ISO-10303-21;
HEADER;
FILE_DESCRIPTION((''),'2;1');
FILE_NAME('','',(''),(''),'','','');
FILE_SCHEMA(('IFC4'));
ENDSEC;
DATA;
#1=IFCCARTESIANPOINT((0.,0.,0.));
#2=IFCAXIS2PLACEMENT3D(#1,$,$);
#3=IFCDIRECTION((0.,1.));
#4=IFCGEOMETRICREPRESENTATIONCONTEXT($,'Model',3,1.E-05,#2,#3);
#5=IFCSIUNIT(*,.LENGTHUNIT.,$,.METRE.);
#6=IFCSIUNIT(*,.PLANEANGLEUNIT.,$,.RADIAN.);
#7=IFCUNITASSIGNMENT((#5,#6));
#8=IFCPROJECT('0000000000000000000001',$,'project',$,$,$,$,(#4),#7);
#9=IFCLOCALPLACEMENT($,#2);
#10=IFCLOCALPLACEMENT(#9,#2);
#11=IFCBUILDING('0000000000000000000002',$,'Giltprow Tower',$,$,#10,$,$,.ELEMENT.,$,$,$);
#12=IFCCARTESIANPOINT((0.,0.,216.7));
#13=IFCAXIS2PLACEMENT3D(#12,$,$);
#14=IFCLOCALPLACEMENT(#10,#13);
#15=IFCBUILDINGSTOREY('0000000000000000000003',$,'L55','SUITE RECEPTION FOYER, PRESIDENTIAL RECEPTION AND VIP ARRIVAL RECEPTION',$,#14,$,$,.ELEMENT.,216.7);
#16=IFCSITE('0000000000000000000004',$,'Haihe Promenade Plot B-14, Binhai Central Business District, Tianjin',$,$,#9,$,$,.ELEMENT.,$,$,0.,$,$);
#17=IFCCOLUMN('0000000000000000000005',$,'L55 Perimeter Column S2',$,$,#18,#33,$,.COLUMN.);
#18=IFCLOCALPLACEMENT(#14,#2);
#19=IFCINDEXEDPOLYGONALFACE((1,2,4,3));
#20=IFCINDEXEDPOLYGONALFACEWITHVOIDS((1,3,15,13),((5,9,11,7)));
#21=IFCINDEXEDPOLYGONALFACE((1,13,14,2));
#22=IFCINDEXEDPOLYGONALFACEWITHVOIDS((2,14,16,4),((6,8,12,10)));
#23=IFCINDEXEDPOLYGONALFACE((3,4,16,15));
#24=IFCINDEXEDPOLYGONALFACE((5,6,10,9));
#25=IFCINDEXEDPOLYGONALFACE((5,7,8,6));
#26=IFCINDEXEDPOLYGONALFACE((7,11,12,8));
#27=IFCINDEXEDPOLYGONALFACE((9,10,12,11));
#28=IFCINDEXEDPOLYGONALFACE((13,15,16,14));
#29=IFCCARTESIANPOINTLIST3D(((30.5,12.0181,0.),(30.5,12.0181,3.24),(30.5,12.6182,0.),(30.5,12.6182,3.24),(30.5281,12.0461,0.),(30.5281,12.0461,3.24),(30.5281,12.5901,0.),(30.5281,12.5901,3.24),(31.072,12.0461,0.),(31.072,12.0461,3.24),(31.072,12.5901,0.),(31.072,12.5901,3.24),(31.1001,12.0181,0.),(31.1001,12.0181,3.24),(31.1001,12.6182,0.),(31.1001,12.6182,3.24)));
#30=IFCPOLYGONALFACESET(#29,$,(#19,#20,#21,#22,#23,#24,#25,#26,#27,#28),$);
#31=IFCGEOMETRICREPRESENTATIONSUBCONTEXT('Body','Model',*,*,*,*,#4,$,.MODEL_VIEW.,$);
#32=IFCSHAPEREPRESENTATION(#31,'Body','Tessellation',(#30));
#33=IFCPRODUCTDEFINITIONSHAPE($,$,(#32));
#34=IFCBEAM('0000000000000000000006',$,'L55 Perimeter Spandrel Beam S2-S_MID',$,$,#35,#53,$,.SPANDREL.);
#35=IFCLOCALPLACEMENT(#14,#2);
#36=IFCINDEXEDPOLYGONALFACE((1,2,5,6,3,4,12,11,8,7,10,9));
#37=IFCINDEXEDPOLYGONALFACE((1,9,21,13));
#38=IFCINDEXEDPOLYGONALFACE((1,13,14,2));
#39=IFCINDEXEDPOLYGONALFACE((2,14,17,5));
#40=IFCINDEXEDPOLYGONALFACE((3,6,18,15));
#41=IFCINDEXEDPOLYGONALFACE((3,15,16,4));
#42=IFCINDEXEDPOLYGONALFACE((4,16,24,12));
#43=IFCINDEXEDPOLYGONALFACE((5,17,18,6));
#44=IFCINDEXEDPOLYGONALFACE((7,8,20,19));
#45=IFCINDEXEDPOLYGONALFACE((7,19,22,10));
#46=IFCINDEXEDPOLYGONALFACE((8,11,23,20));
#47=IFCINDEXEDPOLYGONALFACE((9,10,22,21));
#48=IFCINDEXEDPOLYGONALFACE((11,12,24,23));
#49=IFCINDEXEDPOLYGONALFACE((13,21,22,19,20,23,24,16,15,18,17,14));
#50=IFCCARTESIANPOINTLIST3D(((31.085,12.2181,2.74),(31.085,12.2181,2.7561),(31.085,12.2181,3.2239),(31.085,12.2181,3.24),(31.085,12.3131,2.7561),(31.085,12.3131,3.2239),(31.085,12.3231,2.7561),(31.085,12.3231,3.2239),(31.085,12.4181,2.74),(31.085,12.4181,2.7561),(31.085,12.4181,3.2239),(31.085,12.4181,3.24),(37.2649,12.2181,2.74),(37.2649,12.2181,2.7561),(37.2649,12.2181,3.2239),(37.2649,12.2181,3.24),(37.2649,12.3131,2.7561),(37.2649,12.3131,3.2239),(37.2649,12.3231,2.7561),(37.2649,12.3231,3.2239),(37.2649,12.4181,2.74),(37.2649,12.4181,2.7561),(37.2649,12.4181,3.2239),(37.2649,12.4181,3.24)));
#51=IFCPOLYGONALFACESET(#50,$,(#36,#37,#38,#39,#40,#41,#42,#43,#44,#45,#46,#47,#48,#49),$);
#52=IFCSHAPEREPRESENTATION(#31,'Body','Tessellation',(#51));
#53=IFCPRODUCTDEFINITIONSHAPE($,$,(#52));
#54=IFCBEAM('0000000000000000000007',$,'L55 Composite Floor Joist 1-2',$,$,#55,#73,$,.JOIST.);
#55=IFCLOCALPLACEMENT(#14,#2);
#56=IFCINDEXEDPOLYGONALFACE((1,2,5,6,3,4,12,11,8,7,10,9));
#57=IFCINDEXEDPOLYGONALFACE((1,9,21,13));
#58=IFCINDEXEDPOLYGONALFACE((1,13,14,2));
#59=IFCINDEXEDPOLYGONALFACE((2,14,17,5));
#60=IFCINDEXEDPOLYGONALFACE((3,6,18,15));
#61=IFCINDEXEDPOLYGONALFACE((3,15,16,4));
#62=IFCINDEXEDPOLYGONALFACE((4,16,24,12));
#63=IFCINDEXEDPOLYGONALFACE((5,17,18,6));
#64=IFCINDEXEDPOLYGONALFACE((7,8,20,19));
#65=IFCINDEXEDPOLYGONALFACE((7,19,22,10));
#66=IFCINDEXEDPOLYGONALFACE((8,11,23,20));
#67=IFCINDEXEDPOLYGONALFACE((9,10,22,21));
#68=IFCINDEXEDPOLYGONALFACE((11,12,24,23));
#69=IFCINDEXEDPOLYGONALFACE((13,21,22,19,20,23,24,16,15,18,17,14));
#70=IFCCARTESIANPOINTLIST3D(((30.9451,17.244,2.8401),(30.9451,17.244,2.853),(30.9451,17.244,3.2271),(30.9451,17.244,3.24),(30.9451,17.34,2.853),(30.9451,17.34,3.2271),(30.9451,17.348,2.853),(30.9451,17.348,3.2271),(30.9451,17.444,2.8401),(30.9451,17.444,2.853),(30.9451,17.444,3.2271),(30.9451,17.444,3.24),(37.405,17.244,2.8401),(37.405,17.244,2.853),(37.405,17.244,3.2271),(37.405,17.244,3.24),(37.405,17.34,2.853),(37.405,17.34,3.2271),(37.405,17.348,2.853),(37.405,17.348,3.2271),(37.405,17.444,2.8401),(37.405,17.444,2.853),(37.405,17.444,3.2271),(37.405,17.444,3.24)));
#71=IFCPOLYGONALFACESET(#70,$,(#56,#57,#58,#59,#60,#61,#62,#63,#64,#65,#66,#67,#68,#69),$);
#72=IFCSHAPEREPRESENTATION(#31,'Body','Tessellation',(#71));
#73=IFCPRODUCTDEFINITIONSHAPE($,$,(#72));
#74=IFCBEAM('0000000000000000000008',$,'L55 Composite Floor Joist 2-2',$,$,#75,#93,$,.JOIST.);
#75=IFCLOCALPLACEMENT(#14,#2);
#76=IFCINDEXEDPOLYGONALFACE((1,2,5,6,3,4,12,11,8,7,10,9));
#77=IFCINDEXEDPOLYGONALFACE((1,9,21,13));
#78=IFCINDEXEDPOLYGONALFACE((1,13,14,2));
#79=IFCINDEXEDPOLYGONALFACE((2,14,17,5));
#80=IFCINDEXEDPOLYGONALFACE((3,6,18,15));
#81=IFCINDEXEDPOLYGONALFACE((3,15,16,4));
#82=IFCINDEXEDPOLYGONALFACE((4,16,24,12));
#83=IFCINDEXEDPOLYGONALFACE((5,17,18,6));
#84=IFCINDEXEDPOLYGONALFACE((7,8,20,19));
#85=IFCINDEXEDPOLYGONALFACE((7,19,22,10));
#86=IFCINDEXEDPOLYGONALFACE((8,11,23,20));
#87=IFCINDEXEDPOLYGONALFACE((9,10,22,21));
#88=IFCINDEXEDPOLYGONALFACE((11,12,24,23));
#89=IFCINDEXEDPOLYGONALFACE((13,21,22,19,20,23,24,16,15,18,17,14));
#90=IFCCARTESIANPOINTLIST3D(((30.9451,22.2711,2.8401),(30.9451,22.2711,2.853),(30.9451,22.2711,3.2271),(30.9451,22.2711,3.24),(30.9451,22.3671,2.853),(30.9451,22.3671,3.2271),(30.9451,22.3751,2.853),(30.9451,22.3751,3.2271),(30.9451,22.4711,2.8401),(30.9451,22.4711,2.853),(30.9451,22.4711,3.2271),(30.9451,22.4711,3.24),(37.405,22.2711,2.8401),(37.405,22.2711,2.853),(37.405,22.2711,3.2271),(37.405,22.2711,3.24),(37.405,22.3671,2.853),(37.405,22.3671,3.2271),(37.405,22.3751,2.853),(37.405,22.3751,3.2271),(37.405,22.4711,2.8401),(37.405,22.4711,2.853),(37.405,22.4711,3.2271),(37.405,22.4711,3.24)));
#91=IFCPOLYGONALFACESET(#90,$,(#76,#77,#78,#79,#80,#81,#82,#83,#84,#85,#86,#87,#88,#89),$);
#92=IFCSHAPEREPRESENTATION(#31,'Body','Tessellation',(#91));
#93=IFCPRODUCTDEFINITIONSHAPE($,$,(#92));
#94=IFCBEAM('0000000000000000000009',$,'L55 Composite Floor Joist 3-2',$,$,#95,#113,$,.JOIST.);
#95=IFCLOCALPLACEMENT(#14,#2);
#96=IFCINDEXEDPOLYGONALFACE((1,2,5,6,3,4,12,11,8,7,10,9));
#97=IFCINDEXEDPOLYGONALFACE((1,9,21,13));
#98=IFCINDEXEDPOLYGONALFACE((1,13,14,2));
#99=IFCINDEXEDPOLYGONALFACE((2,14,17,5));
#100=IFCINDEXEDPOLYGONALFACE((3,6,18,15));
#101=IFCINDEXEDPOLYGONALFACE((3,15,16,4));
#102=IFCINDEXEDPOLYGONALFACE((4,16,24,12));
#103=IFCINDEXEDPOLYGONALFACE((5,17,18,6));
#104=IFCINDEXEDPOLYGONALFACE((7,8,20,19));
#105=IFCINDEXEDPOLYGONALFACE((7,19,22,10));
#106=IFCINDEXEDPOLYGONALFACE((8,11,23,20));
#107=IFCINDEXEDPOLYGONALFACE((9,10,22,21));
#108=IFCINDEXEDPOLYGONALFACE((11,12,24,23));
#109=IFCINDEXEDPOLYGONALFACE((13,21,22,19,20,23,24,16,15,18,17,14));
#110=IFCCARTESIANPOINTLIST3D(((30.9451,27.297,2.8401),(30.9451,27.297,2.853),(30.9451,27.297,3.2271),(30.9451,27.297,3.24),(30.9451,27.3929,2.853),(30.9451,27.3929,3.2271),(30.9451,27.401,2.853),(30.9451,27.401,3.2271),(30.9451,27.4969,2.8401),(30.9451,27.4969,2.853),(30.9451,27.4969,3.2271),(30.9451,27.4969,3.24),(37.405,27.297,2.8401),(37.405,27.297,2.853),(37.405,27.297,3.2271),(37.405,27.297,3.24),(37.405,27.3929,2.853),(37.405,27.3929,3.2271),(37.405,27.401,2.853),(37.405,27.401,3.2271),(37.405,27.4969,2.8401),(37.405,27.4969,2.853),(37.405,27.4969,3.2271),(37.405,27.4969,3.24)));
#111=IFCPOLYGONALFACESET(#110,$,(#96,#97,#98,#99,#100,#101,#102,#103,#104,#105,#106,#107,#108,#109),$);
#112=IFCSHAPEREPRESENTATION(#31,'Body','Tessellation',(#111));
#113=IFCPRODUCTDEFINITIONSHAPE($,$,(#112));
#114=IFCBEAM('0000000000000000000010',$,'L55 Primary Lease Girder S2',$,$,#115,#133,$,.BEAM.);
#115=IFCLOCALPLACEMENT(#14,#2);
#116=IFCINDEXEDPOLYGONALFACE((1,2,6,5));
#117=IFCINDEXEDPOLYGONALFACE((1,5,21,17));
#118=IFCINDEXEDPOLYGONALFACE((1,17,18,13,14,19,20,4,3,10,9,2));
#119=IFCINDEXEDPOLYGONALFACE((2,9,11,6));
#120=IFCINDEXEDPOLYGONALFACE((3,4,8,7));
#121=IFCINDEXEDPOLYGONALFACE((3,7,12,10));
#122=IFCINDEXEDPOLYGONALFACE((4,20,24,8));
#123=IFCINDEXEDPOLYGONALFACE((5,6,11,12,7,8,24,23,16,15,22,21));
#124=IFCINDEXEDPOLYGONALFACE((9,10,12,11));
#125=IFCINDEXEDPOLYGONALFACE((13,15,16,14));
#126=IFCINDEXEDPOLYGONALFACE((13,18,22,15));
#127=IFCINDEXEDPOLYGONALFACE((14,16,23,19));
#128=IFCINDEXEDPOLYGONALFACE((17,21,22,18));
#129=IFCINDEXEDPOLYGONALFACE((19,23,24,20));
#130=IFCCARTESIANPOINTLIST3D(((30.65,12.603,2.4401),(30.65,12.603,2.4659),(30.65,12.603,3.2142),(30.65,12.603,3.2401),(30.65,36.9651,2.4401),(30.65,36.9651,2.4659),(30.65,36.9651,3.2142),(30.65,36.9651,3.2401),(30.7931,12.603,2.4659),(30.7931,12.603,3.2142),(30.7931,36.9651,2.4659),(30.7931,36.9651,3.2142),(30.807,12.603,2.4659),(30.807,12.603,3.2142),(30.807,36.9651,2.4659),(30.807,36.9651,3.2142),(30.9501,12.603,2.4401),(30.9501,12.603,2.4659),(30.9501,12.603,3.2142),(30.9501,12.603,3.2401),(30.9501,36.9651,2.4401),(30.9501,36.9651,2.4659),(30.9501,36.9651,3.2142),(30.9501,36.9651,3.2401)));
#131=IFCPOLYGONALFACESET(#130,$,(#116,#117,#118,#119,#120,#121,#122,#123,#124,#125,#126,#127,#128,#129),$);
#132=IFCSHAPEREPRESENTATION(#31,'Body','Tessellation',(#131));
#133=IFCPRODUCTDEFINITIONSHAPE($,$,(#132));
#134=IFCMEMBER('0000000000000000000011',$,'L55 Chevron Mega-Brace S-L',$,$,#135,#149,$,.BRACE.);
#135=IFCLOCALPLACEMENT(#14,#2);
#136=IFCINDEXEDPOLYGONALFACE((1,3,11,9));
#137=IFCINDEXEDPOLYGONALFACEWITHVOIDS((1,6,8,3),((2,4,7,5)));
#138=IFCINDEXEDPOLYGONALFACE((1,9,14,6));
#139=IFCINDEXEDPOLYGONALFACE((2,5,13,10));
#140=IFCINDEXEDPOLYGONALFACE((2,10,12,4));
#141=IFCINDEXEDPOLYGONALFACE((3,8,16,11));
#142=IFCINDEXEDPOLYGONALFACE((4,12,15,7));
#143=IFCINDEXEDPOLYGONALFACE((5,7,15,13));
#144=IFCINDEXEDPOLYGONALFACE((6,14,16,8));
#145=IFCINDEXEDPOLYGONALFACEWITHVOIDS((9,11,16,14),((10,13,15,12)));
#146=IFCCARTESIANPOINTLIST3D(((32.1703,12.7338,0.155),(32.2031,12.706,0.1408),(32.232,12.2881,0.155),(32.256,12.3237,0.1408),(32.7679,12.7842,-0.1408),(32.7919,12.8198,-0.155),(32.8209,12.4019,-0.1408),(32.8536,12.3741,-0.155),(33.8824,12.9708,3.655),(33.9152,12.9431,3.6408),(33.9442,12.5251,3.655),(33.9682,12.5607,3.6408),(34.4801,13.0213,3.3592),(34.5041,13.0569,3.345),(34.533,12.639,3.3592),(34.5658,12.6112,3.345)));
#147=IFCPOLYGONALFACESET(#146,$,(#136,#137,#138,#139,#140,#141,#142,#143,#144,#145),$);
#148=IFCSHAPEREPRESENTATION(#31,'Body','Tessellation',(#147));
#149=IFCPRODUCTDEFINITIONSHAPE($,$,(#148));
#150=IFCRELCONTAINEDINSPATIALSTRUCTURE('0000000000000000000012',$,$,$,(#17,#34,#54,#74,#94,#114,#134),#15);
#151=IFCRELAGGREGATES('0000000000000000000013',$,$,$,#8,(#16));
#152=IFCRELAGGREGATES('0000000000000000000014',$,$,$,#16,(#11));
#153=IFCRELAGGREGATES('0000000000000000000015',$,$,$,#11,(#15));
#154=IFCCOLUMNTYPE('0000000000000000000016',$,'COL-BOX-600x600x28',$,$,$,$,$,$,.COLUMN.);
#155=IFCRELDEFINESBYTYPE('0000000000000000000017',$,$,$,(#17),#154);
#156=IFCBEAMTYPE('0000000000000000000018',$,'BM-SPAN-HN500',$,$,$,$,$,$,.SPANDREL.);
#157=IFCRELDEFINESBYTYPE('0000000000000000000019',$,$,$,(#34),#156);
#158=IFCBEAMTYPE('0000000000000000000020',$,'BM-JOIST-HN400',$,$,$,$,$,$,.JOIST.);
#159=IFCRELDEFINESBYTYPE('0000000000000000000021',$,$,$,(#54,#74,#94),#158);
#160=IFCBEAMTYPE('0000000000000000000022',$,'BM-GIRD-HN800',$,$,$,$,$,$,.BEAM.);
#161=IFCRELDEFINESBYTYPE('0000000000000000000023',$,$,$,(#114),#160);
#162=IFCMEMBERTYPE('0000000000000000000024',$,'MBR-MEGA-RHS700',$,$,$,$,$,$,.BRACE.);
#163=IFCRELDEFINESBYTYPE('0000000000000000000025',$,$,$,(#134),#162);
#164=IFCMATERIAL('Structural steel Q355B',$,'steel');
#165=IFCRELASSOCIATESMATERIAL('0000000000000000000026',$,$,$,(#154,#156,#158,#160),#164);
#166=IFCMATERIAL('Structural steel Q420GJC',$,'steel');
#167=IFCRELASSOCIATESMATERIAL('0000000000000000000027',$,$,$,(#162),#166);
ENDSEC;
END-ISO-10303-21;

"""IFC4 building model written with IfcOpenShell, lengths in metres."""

from ifc_helpers import new_model, si_unit, direction, frame, origin, origin_2d, place, context, subcontext, project, spatial, hollow_rectangle, i_section, extrude, source, transform, mapped, material, material_profile, profile_set, type_object, element, save


model = new_model("IFC4")

# Units and contexts
model_context = context("Model", 3, precision=1e-05, world=origin(), true_north=direction((0.0, 1.0)))
body_context = subcontext(model_context, "Body", "Model", "MODEL_VIEW")
ifc_project = project(units=[si_unit("LENGTHUNIT", "METRE"), si_unit("PLANEANGLEUNIT", "RADIAN")], contexts=[model_context])

# Site, building, storey
site_placement = place(None, origin())
site = spatial("IfcSite", under=ifc_project, at=site_placement, Name="Haihe Promenade Plot B-14, Binhai Central Business District, Tianjin", CompositionType="ELEMENT", RefElevation=0.0)
building_placement = place(site_placement, origin())
building = spatial("IfcBuilding", under=site, at=building_placement, Name="Giltprow Tower", CompositionType="ELEMENT")
storey_placement = place(building_placement, frame((0.0, 0.0, 216.7)))
storey = spatial("IfcBuildingStorey", under=building, at=storey_placement, Name="L55", Description="SUITE RECEPTION FOYER, PRESIDENTIAL RECEPTION AND VIP ARRIVAL RECEPTION", CompositionType="ELEMENT", Elevation=216.7)

# Column
ifc_material_1 = material(Name="Structural steel Q355B", Category="steel")
ifc_material_profile_1 = material_profile(ifc_material_1, hollow_rectangle(XDim=0.6001, YDim=0.6001, WallThickness=0.0281, at=origin_2d()), Name="BOX 600x600x28")
ifc_profile_set_1 = profile_set([ifc_material_profile_1], Name="Structural steel Q355B")
column_type = type_object("IfcColumnType", Name="COL-BOX-600x600x28", PredefinedType="COLUMN", material=ifc_profile_set_1)
shared_shape_1 = source(origin(), body_context, "Body", "SweptSolid", [
    extrude(hollow_rectangle(XDim=0.6001, YDim=0.6001, WallThickness=0.0281, at=origin_2d()), origin(), (0.0, 0.0, 1.0), 3.24),
])
column_placement = place(storey_placement, frame((30.8, 12.3181, 0.0), z_axis=(0.0, 0.0, 1.0), x_axis=(1.0, 0.0, 0.0)))
element("IfcColumn", 1, at=column_placement, inside=storey, type_object=column_type, Name="L55 Perimeter Column S2", PredefinedType="COLUMN", context=body_context, shape_type="MappedRepresentation", body=[
    mapped(shared_shape_1, transform((0.0, 0.0, 0.0), x_axis=(1.0, 0.0, 0.0), y_axis=(0.0, 1.0, 0.0), z_axis=(0.0, 0.0, 1.0), scale=1.0)),
])

# Beams
ifc_material_profile_2 = material_profile(ifc_material_1, i_section(OverallWidth=0.2, OverallDepth=0.5, WebThickness=0.01, FlangeThickness=0.0161, at=origin_2d()), Name="HN 500x200x10x16")
ifc_profile_set_2 = profile_set([ifc_material_profile_2], Name="Structural steel Q355B")
beam_type_1 = type_object("IfcBeamType", Name="BM-SPAN-HN500", PredefinedType="SPANDREL", material=ifc_profile_set_2)
shared_shape_2 = source(origin(), body_context, "Body", "SweptSolid", [
    extrude(i_section(OverallWidth=0.2, OverallDepth=0.5, WebThickness=0.01, FlangeThickness=0.0161, at=origin_2d()), origin(), (0.0, 0.0, 1.0), 6.1799),
])
beam_1_placement = place(storey_placement, frame((31.085, 12.3181, 2.99), z_axis=(1.0, 0.0, 0.0), x_axis=(0.0, 1.0, 0.0)))
element("IfcBeam", 2, at=beam_1_placement, inside=storey, type_object=beam_type_1, Name="L55 Perimeter Spandrel Beam S2-S_MID", PredefinedType="SPANDREL", context=body_context, shape_type="MappedRepresentation", body=[
    mapped(shared_shape_2, transform((0.0, 0.0, 0.0), x_axis=(1.0, 0.0, 0.0), y_axis=(0.0, 1.0, 0.0), z_axis=(0.0, 0.0, 1.0), scale=1.0)),
])
ifc_material_profile_3 = material_profile(ifc_material_1, i_section(OverallWidth=0.2, OverallDepth=0.3999, WebThickness=0.0081, FlangeThickness=0.0129, at=origin_2d()), Name="HN 400x200x8x13")
ifc_profile_set_3 = profile_set([ifc_material_profile_3], Name="Structural steel Q355B")
beam_type_2 = type_object("IfcBeamType", Name="BM-JOIST-HN400", PredefinedType="JOIST", material=ifc_profile_set_3)
shared_shape_3 = source(origin(), body_context, "Body", "SweptSolid", [
    extrude(i_section(OverallWidth=0.2, OverallDepth=0.3999, WebThickness=0.0081, FlangeThickness=0.0129, at=origin_2d()), origin(), (0.0, 0.0, 1.0), 6.46),
])
for number, where, z_axis, x_axis, name in (
    (3, (30.9451, 17.344, 3.04), (1.0, 0.0, 0.0), (0.0, 1.0, 0.0), "L55 Composite Floor Joist 1-2"),
    (4, (30.9451, 22.3711, 3.04), (1.0, 0.0, 0.0), (0.0, 1.0, 0.0), "L55 Composite Floor Joist 2-2"),
    (5, (30.9451, 27.397, 3.04), (1.0, 0.0, 0.0), (0.0, 1.0, 0.0), "L55 Composite Floor Joist 3-2"),
):
    element("IfcBeam", number, at=place(storey_placement, frame(where, z_axis=z_axis, x_axis=x_axis)), inside=storey, type_object=beam_type_2, Name=name, PredefinedType="JOIST", context=body_context, shape_type="MappedRepresentation", body=[
        mapped(shared_shape_3, transform((0.0, 0.0, 0.0), x_axis=(1.0, 0.0, 0.0), y_axis=(0.0, 1.0, 0.0), z_axis=(0.0, 0.0, 1.0), scale=1.0)),
    ])
ifc_material_profile_4 = material_profile(ifc_material_1, i_section(OverallWidth=0.3, OverallDepth=0.8, WebThickness=0.0139, FlangeThickness=0.0259, at=origin_2d()), Name="HN 800x300x14x26")
ifc_profile_set_4 = profile_set([ifc_material_profile_4], Name="Structural steel Q355B")
beam_type_3 = type_object("IfcBeamType", Name="BM-GIRD-HN800", PredefinedType="BEAM", material=ifc_profile_set_4)
shared_shape_4 = source(origin(), body_context, "Body", "SweptSolid", [
    extrude(i_section(OverallWidth=0.3, OverallDepth=0.8, WebThickness=0.0139, FlangeThickness=0.0259, at=origin_2d()), origin(), (0.0, 0.0, 1.0), 24.3621),
])
beam_2_placement = place(storey_placement, frame((30.8, 12.603, 2.8401), z_axis=(0.0, 1.0, 0.0), x_axis=(-1.0, 0.0, 0.0)))
element("IfcBeam", 6, at=beam_2_placement, inside=storey, type_object=beam_type_3, Name="L55 Primary Lease Girder S2", PredefinedType="BEAM", context=body_context, shape_type="MappedRepresentation", body=[
    mapped(shared_shape_4, transform((0.0, 0.0, 0.0), x_axis=(1.0, 0.0, 0.0), y_axis=(0.0, 1.0, 0.0), z_axis=(0.0, 0.0, 1.0), scale=1.0)),
])

# Member
ifc_material_2 = material(Name="Structural steel Q420GJC", Category="steel")
ifc_material_profile_5 = material_profile(ifc_material_2, hollow_rectangle(XDim=0.45, YDim=0.7, WallThickness=0.032, at=origin_2d()), Name="RHS 700x450x32")
ifc_profile_set_5 = profile_set([ifc_material_profile_5], Name="Structural steel Q420GJC")
member_type = type_object("IfcMemberType", Name="MBR-MEGA-RHS700", PredefinedType="BRACE", material=ifc_profile_set_5)
shared_shape_5 = source(origin(), body_context, "Body", "SweptSolid", [
    extrude(hollow_rectangle(XDim=0.45, YDim=0.7, WallThickness=0.032, at=origin_2d()), origin(), (0.0, 0.0, 1.0), 3.9036),
])
member_placement = place(storey_placement, frame((32.512, 12.554, 0.0), z_axis=(0.438616, 0.06073, 0.89662), x_axis=(-0.137149, 0.99055, 0.0)))
element("IfcMember", 7, at=member_placement, inside=storey, type_object=member_type, Name="L55 Chevron Mega-Brace S-L", PredefinedType="BRACE", context=body_context, shape_type="MappedRepresentation", body=[
    mapped(shared_shape_5, transform((0.0, 0.0, 0.0), x_axis=(1.0, 0.0, 0.0), y_axis=(0.0, 1.0, 0.0), z_axis=(0.0, 0.0, 1.0), scale=1.0)),
])

save(model, "model.ifc")
